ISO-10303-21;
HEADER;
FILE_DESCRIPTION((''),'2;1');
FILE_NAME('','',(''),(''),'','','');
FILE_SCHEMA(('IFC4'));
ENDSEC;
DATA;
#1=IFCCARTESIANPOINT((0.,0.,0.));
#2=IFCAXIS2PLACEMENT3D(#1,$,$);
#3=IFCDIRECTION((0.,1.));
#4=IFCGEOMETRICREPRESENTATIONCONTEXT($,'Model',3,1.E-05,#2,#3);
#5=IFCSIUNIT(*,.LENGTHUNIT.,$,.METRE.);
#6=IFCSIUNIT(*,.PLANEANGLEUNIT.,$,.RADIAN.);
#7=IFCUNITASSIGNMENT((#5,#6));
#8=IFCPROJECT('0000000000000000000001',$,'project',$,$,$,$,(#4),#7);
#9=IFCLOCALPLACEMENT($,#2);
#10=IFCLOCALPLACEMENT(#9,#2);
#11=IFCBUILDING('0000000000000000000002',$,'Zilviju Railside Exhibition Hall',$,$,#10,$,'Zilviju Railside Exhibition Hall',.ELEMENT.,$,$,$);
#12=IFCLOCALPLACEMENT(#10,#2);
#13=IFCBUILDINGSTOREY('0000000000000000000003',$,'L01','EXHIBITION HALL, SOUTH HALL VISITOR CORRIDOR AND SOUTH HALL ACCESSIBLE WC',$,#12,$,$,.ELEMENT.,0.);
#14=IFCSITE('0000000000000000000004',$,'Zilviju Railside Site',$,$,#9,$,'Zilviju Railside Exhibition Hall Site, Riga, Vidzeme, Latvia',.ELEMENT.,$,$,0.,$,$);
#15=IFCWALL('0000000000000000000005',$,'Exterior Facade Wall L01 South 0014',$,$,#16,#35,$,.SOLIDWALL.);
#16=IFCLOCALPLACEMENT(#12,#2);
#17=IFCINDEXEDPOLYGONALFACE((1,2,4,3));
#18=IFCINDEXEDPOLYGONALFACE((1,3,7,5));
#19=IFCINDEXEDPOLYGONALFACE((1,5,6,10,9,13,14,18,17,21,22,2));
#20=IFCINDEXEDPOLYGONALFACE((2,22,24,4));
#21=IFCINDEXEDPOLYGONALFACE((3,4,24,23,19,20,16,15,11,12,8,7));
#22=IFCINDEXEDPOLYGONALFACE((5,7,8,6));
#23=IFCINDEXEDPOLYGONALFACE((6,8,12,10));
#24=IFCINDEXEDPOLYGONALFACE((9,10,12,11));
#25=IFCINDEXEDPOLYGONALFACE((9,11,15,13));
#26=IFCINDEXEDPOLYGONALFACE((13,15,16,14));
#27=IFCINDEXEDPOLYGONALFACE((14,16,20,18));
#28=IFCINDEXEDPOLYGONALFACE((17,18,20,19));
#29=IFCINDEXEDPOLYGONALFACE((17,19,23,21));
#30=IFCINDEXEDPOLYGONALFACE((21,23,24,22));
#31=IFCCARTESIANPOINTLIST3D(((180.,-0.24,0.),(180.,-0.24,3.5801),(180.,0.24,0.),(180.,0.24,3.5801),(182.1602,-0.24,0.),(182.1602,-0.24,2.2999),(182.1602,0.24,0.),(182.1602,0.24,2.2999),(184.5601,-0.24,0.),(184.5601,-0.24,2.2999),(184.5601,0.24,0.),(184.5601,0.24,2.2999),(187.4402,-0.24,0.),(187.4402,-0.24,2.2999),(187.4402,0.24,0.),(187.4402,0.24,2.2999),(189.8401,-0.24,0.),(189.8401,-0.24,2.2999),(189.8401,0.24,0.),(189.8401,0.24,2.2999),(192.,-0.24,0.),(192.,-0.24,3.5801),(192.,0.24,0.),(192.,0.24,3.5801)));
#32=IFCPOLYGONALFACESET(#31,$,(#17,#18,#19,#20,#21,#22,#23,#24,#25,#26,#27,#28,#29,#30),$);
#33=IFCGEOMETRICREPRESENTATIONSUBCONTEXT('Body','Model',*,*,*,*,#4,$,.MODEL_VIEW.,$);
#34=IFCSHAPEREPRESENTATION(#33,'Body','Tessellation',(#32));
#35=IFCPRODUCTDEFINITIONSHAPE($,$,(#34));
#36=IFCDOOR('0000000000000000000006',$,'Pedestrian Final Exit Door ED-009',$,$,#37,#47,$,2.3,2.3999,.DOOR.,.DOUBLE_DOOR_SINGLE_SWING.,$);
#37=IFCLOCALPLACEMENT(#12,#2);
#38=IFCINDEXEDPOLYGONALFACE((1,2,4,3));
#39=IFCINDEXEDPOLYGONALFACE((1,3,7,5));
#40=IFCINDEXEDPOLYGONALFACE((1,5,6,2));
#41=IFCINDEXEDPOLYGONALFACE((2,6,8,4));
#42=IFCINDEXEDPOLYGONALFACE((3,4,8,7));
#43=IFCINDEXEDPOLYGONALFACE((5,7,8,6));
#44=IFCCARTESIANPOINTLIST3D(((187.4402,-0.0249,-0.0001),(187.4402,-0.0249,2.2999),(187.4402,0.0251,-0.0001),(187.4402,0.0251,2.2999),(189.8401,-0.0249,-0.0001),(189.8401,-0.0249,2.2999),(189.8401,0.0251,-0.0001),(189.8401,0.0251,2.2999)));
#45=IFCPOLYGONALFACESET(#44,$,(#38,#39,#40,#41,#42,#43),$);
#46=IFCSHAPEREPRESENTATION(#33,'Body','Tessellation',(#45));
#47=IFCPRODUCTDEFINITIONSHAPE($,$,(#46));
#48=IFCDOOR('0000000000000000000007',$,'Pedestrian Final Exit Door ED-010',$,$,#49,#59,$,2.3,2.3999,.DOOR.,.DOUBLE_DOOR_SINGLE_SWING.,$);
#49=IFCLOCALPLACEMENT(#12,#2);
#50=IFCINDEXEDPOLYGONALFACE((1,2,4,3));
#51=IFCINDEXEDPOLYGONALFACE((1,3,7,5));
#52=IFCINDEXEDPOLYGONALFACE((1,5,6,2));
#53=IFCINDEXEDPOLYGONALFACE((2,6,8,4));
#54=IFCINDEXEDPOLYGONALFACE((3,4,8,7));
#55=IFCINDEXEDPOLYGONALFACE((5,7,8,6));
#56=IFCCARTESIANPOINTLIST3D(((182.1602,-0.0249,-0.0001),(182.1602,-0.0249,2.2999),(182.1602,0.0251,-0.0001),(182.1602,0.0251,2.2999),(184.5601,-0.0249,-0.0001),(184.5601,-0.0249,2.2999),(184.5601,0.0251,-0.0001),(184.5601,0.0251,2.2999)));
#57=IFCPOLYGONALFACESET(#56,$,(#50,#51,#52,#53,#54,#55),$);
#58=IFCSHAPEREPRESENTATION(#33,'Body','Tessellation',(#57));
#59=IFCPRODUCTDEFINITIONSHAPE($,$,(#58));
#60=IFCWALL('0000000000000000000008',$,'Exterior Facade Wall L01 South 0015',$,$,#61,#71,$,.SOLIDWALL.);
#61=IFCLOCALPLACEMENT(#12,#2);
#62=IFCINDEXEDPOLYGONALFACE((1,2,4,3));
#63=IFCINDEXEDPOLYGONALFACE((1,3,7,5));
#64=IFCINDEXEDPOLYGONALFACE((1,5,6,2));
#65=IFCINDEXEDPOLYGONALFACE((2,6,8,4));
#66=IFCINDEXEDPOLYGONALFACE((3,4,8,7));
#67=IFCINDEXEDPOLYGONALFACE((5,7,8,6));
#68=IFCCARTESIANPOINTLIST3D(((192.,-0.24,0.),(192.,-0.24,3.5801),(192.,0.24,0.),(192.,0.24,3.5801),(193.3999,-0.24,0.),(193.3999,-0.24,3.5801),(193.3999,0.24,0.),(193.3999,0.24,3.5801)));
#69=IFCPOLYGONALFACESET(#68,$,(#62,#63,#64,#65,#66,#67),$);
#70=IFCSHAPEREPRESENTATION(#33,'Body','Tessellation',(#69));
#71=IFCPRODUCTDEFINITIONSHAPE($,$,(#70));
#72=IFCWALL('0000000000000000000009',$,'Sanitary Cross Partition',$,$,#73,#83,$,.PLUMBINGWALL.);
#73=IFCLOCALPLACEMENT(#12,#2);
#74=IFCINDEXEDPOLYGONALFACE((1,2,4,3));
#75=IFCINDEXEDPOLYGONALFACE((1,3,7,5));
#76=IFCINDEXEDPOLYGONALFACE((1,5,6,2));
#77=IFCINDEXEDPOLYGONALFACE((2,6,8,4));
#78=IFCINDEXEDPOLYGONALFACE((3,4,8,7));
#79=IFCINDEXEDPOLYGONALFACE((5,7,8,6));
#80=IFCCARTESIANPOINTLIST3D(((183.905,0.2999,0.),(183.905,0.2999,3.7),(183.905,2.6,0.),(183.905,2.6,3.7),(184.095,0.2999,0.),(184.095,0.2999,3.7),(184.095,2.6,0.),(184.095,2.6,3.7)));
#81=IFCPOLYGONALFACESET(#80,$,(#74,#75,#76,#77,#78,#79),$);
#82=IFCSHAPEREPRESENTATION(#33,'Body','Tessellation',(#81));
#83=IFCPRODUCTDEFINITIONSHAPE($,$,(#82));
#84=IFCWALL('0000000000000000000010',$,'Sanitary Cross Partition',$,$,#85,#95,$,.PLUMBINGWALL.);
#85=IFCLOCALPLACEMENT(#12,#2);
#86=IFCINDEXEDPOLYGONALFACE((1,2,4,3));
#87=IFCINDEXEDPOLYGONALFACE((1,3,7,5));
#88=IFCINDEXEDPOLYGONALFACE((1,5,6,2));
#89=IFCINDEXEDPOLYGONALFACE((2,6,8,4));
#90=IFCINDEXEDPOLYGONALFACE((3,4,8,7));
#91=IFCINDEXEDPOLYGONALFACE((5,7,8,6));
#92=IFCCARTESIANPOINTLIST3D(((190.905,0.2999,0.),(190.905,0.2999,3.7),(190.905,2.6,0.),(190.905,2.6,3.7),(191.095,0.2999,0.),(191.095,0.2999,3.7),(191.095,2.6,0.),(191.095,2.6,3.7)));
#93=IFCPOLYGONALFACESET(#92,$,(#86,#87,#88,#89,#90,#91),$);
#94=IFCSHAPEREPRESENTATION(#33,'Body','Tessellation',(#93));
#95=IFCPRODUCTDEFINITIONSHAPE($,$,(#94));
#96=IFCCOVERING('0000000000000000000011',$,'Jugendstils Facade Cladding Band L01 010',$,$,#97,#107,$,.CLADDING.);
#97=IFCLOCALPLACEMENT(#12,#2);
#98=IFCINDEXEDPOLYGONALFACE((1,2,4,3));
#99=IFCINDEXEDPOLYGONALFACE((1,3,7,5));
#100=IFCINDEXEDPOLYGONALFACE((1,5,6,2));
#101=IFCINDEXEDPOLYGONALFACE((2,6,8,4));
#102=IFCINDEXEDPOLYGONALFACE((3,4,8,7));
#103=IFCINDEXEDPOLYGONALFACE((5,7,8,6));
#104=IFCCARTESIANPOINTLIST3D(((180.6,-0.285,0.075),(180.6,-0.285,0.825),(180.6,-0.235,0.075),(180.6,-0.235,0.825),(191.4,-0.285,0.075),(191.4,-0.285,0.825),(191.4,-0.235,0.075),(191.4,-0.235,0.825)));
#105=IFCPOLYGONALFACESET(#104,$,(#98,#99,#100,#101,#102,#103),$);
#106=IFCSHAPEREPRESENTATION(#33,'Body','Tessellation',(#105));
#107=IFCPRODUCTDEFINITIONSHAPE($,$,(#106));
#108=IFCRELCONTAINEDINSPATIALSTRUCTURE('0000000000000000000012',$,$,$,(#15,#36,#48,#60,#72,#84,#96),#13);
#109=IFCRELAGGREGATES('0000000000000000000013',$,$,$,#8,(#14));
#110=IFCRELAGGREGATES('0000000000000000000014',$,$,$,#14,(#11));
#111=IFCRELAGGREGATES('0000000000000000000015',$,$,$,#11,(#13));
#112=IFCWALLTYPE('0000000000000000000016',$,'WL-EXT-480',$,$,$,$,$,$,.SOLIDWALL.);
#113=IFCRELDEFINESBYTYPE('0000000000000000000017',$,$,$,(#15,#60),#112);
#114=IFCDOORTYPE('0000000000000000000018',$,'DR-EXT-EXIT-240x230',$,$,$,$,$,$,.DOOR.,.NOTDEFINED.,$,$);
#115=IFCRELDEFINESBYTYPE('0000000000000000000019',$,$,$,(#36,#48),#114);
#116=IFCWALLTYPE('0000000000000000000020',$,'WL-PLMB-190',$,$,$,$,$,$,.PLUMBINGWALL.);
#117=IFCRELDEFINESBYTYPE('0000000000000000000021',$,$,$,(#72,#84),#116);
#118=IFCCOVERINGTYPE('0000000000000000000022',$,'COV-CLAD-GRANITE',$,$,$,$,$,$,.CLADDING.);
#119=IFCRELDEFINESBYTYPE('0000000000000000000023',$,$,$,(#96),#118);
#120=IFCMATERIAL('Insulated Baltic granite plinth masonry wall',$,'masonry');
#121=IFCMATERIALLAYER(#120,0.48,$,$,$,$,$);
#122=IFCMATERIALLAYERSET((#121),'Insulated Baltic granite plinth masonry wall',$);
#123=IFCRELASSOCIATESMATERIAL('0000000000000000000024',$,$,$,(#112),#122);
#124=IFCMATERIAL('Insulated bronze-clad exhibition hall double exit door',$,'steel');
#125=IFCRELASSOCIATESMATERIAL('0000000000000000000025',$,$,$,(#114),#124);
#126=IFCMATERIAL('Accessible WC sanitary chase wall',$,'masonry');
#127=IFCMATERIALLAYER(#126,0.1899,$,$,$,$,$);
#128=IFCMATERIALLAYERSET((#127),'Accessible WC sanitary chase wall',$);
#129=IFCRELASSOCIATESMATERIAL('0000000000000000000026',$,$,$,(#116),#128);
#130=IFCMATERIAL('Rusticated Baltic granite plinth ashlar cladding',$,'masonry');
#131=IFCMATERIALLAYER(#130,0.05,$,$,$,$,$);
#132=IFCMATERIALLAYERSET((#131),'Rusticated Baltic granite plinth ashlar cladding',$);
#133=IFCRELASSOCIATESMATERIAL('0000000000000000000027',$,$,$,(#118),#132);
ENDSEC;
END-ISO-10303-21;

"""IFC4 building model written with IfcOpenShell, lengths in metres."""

from ifc_helpers import new_model, si_unit, direction, frame, frame_2d, origin, origin_2d, place, context, subcontext, project, spatial, rectangle, extrude, material, layer, layer_set, type_object, element, fill, save


model = new_model("IFC4")

# Units and contexts
model_context = context("Model", 3, precision=1e-05, world=origin(), true_north=direction((0.0, 1.0)))
body_context = subcontext(model_context, "Body", "Model", "MODEL_VIEW")
ifc_project = project(units=[si_unit("LENGTHUNIT", "METRE"), si_unit("PLANEANGLEUNIT", "RADIAN")], contexts=[model_context])

# Site, building, storey
site_placement = place(None, origin())
site = spatial("IfcSite", under=ifc_project, at=site_placement, Name="Zilviju Railside Site", LongName="Zilviju Railside Exhibition Hall Site, Riga, Vidzeme, Latvia", CompositionType="ELEMENT", RefElevation=0.0)
building_placement = place(site_placement, origin())
building = spatial("IfcBuilding", under=site, at=building_placement, Name="Zilviju Railside Exhibition Hall", LongName="Zilviju Railside Exhibition Hall", CompositionType="ELEMENT")
storey_placement = place(building_placement, origin())
storey = spatial("IfcBuildingStorey", under=building, at=storey_placement, Name="L01", Description="EXHIBITION HALL, SOUTH HALL VISITOR CORRIDOR AND SOUTH HALL ACCESSIBLE WC", CompositionType="ELEMENT", Elevation=0.0)

# Wall, openings, doors
ifc_material_1 = material(Name="Insulated Baltic granite plinth masonry wall", Category="masonry")
ifc_layer_1 = layer(ifc_material_1, 0.48)
ifc_layer_set_1 = layer_set([ifc_layer_1], Name="Insulated Baltic granite plinth masonry wall")
wall_type_1 = type_object("IfcWallType", Name="WL-EXT-480", PredefinedType="SOLIDWALL", material=ifc_layer_set_1)
wall_1_placement = place(storey_placement, frame((192.0, 0.0, 0.0), z_axis=(0.0, 0.0, 1.0), x_axis=(-1.0, 0.0, 0.0)))
wall_1 = element("IfcWall", 1, at=wall_1_placement, inside=storey, type_object=wall_type_1, Name="Exterior Facade Wall L01 South 0014", PredefinedType="SOLIDWALL", context=body_context, shape_type="SweptSolid", body=[
    extrude(rectangle(XDim=12.0, YDim=0.48, at=frame_2d((6.0, 0.0))), origin(), (0.0, 0.0, 1.0), 3.5801),
])
opening_1_placement = place(wall_1_placement, frame((2.1599, 0.0, 0.0)))
opening_1 = element("IfcOpeningElement", 2, at=opening_1_placement, cuts=wall_1, PredefinedType="OPENING", context=body_context, shape_type="SweptSolid", body=[
    extrude(rectangle(XDim=2.3999, YDim=2.3, at=frame_2d((1.2, 1.1499))), frame((0.0, 0.25, 0.0), z_axis=(0.0, -1.0, 0.0), x_axis=(1.0, 0.0, 0.0)), (0.0, 0.0, 1.0), 0.5),
])
opening_2_placement = place(wall_1_placement, frame((7.4399, 0.0, 0.0)))
opening_2 = element("IfcOpeningElement", 3, at=opening_2_placement, cuts=wall_1, PredefinedType="OPENING", context=body_context, shape_type="SweptSolid", body=[
    extrude(rectangle(XDim=2.3999, YDim=2.3, at=frame_2d((1.2, 1.1499))), frame((0.0, 0.25, 0.0), z_axis=(0.0, -1.0, 0.0), x_axis=(1.0, 0.0, 0.0)), (0.0, 0.0, 1.0), 0.5),
])
ifc_material_2 = material(Name="Insulated bronze-clad exhibition hall double exit door", Category="steel")
door_type_1 = type_object("IfcDoorType", Name="DR-EXT-EXIT-240x230", OperationType="NOTDEFINED", PredefinedType="DOOR", material=ifc_material_2)
door_1_placement = place(opening_1_placement, origin())
door_1 = element("IfcDoor", 4, at=door_1_placement, inside=storey, type_object=door_type_1, Name="Pedestrian Final Exit Door ED-009", OperationType="DOUBLE_DOOR_SINGLE_SWING", OverallHeight=2.3, OverallWidth=2.3999, PredefinedType="DOOR", context=body_context, shape_type="SweptSolid", body=[
    extrude(rectangle(XDim=2.3999, YDim=2.3, at=frame_2d((1.2, 1.1499))), frame((0.0, 0.0249, 0.0), z_axis=(0.0, -1.0, 0.0), x_axis=(1.0, 0.0, 0.0)), (0.0, 0.0, 1.0), 0.05),
])
fill(opening_1, door_1)
door_2_placement = place(opening_2_placement, origin())
door_2 = element("IfcDoor", 5, at=door_2_placement, inside=storey, type_object=door_type_1, Name="Pedestrian Final Exit Door ED-010", OperationType="DOUBLE_DOOR_SINGLE_SWING", OverallHeight=2.3, OverallWidth=2.3999, PredefinedType="DOOR", context=body_context, shape_type="SweptSolid", body=[
    extrude(rectangle(XDim=2.3999, YDim=2.3, at=frame_2d((1.2, 1.1499))), frame((0.0, 0.0249, 0.0), z_axis=(0.0, -1.0, 0.0), x_axis=(1.0, 0.0, 0.0)), (0.0, 0.0, 1.0), 0.05),
])
fill(opening_2, door_2)

# Walls
wall_2_placement = place(storey_placement, frame((193.3999, 0.0, 0.0), z_axis=(0.0, 0.0, 1.0), x_axis=(-1.0, 0.0, 0.0)))
element("IfcWall", 6, at=wall_2_placement, inside=storey, type_object=wall_type_1, Name="Exterior Facade Wall L01 South 0015", PredefinedType="SOLIDWALL", context=body_context, shape_type="SweptSolid", body=[
    extrude(rectangle(XDim=1.3999, YDim=0.48, at=frame_2d((0.7, 0.0))), origin(), (0.0, 0.0, 1.0), 3.5801),
])
ifc_material_3 = material(Name="Accessible WC sanitary chase wall", Category="masonry")
ifc_layer_2 = layer(ifc_material_3, 0.1899)
ifc_layer_set_2 = layer_set([ifc_layer_2], Name="Accessible WC sanitary chase wall")
wall_type_2 = type_object("IfcWallType", Name="WL-PLMB-190", PredefinedType="PLUMBINGWALL", material=ifc_layer_set_2)
for number, where, z_axis, x_axis, name in (
    (7, (184.0, 0.3, 0.0), (0.0, 0.0, 1.0), (0.0, 1.0, 0.0), "Sanitary Cross Partition"),
    (8, (191.0, 0.3, 0.0), (0.0, 0.0, 1.0), (0.0, 1.0, 0.0), "Sanitary Cross Partition"),
):
    element("IfcWall", number, at=place(storey_placement, frame(where, z_axis=z_axis, x_axis=x_axis)), inside=storey, type_object=wall_type_2, Name=name, PredefinedType="PLUMBINGWALL", context=body_context, shape_type="SweptSolid", body=[
        extrude(rectangle(XDim=2.3, YDim=0.1899, at=frame_2d((1.1499, 0.0))), origin(), (0.0, 0.0, 1.0), 3.7),
    ])

# Covering
ifc_material_4 = material(Name="Rusticated Baltic granite plinth ashlar cladding", Category="masonry")
ifc_layer_3 = layer(ifc_material_4, 0.05)
ifc_layer_set_3 = layer_set([ifc_layer_3], Name="Rusticated Baltic granite plinth ashlar cladding")
covering_type = type_object("IfcCoveringType", Name="COV-CLAD-GRANITE", PredefinedType="CLADDING", material=ifc_layer_set_3)
covering_placement = place(storey_placement, frame((186.0, -0.26, 0.075), z_axis=(0.0, 0.0, 1.0), x_axis=(-1.0, 0.0, 0.0)))
element("IfcCovering", 9, at=covering_placement, inside=storey, type_object=covering_type, Name="Jugendstils Facade Cladding Band L01 010", PredefinedType="CLADDING", context=body_context, shape_type="SweptSolid", body=[
    extrude(rectangle(XDim=10.8, YDim=0.05, at=origin_2d()), origin(), (0.0, 0.0, 1.0), 0.75),
])

save(model, "model.ifc")
